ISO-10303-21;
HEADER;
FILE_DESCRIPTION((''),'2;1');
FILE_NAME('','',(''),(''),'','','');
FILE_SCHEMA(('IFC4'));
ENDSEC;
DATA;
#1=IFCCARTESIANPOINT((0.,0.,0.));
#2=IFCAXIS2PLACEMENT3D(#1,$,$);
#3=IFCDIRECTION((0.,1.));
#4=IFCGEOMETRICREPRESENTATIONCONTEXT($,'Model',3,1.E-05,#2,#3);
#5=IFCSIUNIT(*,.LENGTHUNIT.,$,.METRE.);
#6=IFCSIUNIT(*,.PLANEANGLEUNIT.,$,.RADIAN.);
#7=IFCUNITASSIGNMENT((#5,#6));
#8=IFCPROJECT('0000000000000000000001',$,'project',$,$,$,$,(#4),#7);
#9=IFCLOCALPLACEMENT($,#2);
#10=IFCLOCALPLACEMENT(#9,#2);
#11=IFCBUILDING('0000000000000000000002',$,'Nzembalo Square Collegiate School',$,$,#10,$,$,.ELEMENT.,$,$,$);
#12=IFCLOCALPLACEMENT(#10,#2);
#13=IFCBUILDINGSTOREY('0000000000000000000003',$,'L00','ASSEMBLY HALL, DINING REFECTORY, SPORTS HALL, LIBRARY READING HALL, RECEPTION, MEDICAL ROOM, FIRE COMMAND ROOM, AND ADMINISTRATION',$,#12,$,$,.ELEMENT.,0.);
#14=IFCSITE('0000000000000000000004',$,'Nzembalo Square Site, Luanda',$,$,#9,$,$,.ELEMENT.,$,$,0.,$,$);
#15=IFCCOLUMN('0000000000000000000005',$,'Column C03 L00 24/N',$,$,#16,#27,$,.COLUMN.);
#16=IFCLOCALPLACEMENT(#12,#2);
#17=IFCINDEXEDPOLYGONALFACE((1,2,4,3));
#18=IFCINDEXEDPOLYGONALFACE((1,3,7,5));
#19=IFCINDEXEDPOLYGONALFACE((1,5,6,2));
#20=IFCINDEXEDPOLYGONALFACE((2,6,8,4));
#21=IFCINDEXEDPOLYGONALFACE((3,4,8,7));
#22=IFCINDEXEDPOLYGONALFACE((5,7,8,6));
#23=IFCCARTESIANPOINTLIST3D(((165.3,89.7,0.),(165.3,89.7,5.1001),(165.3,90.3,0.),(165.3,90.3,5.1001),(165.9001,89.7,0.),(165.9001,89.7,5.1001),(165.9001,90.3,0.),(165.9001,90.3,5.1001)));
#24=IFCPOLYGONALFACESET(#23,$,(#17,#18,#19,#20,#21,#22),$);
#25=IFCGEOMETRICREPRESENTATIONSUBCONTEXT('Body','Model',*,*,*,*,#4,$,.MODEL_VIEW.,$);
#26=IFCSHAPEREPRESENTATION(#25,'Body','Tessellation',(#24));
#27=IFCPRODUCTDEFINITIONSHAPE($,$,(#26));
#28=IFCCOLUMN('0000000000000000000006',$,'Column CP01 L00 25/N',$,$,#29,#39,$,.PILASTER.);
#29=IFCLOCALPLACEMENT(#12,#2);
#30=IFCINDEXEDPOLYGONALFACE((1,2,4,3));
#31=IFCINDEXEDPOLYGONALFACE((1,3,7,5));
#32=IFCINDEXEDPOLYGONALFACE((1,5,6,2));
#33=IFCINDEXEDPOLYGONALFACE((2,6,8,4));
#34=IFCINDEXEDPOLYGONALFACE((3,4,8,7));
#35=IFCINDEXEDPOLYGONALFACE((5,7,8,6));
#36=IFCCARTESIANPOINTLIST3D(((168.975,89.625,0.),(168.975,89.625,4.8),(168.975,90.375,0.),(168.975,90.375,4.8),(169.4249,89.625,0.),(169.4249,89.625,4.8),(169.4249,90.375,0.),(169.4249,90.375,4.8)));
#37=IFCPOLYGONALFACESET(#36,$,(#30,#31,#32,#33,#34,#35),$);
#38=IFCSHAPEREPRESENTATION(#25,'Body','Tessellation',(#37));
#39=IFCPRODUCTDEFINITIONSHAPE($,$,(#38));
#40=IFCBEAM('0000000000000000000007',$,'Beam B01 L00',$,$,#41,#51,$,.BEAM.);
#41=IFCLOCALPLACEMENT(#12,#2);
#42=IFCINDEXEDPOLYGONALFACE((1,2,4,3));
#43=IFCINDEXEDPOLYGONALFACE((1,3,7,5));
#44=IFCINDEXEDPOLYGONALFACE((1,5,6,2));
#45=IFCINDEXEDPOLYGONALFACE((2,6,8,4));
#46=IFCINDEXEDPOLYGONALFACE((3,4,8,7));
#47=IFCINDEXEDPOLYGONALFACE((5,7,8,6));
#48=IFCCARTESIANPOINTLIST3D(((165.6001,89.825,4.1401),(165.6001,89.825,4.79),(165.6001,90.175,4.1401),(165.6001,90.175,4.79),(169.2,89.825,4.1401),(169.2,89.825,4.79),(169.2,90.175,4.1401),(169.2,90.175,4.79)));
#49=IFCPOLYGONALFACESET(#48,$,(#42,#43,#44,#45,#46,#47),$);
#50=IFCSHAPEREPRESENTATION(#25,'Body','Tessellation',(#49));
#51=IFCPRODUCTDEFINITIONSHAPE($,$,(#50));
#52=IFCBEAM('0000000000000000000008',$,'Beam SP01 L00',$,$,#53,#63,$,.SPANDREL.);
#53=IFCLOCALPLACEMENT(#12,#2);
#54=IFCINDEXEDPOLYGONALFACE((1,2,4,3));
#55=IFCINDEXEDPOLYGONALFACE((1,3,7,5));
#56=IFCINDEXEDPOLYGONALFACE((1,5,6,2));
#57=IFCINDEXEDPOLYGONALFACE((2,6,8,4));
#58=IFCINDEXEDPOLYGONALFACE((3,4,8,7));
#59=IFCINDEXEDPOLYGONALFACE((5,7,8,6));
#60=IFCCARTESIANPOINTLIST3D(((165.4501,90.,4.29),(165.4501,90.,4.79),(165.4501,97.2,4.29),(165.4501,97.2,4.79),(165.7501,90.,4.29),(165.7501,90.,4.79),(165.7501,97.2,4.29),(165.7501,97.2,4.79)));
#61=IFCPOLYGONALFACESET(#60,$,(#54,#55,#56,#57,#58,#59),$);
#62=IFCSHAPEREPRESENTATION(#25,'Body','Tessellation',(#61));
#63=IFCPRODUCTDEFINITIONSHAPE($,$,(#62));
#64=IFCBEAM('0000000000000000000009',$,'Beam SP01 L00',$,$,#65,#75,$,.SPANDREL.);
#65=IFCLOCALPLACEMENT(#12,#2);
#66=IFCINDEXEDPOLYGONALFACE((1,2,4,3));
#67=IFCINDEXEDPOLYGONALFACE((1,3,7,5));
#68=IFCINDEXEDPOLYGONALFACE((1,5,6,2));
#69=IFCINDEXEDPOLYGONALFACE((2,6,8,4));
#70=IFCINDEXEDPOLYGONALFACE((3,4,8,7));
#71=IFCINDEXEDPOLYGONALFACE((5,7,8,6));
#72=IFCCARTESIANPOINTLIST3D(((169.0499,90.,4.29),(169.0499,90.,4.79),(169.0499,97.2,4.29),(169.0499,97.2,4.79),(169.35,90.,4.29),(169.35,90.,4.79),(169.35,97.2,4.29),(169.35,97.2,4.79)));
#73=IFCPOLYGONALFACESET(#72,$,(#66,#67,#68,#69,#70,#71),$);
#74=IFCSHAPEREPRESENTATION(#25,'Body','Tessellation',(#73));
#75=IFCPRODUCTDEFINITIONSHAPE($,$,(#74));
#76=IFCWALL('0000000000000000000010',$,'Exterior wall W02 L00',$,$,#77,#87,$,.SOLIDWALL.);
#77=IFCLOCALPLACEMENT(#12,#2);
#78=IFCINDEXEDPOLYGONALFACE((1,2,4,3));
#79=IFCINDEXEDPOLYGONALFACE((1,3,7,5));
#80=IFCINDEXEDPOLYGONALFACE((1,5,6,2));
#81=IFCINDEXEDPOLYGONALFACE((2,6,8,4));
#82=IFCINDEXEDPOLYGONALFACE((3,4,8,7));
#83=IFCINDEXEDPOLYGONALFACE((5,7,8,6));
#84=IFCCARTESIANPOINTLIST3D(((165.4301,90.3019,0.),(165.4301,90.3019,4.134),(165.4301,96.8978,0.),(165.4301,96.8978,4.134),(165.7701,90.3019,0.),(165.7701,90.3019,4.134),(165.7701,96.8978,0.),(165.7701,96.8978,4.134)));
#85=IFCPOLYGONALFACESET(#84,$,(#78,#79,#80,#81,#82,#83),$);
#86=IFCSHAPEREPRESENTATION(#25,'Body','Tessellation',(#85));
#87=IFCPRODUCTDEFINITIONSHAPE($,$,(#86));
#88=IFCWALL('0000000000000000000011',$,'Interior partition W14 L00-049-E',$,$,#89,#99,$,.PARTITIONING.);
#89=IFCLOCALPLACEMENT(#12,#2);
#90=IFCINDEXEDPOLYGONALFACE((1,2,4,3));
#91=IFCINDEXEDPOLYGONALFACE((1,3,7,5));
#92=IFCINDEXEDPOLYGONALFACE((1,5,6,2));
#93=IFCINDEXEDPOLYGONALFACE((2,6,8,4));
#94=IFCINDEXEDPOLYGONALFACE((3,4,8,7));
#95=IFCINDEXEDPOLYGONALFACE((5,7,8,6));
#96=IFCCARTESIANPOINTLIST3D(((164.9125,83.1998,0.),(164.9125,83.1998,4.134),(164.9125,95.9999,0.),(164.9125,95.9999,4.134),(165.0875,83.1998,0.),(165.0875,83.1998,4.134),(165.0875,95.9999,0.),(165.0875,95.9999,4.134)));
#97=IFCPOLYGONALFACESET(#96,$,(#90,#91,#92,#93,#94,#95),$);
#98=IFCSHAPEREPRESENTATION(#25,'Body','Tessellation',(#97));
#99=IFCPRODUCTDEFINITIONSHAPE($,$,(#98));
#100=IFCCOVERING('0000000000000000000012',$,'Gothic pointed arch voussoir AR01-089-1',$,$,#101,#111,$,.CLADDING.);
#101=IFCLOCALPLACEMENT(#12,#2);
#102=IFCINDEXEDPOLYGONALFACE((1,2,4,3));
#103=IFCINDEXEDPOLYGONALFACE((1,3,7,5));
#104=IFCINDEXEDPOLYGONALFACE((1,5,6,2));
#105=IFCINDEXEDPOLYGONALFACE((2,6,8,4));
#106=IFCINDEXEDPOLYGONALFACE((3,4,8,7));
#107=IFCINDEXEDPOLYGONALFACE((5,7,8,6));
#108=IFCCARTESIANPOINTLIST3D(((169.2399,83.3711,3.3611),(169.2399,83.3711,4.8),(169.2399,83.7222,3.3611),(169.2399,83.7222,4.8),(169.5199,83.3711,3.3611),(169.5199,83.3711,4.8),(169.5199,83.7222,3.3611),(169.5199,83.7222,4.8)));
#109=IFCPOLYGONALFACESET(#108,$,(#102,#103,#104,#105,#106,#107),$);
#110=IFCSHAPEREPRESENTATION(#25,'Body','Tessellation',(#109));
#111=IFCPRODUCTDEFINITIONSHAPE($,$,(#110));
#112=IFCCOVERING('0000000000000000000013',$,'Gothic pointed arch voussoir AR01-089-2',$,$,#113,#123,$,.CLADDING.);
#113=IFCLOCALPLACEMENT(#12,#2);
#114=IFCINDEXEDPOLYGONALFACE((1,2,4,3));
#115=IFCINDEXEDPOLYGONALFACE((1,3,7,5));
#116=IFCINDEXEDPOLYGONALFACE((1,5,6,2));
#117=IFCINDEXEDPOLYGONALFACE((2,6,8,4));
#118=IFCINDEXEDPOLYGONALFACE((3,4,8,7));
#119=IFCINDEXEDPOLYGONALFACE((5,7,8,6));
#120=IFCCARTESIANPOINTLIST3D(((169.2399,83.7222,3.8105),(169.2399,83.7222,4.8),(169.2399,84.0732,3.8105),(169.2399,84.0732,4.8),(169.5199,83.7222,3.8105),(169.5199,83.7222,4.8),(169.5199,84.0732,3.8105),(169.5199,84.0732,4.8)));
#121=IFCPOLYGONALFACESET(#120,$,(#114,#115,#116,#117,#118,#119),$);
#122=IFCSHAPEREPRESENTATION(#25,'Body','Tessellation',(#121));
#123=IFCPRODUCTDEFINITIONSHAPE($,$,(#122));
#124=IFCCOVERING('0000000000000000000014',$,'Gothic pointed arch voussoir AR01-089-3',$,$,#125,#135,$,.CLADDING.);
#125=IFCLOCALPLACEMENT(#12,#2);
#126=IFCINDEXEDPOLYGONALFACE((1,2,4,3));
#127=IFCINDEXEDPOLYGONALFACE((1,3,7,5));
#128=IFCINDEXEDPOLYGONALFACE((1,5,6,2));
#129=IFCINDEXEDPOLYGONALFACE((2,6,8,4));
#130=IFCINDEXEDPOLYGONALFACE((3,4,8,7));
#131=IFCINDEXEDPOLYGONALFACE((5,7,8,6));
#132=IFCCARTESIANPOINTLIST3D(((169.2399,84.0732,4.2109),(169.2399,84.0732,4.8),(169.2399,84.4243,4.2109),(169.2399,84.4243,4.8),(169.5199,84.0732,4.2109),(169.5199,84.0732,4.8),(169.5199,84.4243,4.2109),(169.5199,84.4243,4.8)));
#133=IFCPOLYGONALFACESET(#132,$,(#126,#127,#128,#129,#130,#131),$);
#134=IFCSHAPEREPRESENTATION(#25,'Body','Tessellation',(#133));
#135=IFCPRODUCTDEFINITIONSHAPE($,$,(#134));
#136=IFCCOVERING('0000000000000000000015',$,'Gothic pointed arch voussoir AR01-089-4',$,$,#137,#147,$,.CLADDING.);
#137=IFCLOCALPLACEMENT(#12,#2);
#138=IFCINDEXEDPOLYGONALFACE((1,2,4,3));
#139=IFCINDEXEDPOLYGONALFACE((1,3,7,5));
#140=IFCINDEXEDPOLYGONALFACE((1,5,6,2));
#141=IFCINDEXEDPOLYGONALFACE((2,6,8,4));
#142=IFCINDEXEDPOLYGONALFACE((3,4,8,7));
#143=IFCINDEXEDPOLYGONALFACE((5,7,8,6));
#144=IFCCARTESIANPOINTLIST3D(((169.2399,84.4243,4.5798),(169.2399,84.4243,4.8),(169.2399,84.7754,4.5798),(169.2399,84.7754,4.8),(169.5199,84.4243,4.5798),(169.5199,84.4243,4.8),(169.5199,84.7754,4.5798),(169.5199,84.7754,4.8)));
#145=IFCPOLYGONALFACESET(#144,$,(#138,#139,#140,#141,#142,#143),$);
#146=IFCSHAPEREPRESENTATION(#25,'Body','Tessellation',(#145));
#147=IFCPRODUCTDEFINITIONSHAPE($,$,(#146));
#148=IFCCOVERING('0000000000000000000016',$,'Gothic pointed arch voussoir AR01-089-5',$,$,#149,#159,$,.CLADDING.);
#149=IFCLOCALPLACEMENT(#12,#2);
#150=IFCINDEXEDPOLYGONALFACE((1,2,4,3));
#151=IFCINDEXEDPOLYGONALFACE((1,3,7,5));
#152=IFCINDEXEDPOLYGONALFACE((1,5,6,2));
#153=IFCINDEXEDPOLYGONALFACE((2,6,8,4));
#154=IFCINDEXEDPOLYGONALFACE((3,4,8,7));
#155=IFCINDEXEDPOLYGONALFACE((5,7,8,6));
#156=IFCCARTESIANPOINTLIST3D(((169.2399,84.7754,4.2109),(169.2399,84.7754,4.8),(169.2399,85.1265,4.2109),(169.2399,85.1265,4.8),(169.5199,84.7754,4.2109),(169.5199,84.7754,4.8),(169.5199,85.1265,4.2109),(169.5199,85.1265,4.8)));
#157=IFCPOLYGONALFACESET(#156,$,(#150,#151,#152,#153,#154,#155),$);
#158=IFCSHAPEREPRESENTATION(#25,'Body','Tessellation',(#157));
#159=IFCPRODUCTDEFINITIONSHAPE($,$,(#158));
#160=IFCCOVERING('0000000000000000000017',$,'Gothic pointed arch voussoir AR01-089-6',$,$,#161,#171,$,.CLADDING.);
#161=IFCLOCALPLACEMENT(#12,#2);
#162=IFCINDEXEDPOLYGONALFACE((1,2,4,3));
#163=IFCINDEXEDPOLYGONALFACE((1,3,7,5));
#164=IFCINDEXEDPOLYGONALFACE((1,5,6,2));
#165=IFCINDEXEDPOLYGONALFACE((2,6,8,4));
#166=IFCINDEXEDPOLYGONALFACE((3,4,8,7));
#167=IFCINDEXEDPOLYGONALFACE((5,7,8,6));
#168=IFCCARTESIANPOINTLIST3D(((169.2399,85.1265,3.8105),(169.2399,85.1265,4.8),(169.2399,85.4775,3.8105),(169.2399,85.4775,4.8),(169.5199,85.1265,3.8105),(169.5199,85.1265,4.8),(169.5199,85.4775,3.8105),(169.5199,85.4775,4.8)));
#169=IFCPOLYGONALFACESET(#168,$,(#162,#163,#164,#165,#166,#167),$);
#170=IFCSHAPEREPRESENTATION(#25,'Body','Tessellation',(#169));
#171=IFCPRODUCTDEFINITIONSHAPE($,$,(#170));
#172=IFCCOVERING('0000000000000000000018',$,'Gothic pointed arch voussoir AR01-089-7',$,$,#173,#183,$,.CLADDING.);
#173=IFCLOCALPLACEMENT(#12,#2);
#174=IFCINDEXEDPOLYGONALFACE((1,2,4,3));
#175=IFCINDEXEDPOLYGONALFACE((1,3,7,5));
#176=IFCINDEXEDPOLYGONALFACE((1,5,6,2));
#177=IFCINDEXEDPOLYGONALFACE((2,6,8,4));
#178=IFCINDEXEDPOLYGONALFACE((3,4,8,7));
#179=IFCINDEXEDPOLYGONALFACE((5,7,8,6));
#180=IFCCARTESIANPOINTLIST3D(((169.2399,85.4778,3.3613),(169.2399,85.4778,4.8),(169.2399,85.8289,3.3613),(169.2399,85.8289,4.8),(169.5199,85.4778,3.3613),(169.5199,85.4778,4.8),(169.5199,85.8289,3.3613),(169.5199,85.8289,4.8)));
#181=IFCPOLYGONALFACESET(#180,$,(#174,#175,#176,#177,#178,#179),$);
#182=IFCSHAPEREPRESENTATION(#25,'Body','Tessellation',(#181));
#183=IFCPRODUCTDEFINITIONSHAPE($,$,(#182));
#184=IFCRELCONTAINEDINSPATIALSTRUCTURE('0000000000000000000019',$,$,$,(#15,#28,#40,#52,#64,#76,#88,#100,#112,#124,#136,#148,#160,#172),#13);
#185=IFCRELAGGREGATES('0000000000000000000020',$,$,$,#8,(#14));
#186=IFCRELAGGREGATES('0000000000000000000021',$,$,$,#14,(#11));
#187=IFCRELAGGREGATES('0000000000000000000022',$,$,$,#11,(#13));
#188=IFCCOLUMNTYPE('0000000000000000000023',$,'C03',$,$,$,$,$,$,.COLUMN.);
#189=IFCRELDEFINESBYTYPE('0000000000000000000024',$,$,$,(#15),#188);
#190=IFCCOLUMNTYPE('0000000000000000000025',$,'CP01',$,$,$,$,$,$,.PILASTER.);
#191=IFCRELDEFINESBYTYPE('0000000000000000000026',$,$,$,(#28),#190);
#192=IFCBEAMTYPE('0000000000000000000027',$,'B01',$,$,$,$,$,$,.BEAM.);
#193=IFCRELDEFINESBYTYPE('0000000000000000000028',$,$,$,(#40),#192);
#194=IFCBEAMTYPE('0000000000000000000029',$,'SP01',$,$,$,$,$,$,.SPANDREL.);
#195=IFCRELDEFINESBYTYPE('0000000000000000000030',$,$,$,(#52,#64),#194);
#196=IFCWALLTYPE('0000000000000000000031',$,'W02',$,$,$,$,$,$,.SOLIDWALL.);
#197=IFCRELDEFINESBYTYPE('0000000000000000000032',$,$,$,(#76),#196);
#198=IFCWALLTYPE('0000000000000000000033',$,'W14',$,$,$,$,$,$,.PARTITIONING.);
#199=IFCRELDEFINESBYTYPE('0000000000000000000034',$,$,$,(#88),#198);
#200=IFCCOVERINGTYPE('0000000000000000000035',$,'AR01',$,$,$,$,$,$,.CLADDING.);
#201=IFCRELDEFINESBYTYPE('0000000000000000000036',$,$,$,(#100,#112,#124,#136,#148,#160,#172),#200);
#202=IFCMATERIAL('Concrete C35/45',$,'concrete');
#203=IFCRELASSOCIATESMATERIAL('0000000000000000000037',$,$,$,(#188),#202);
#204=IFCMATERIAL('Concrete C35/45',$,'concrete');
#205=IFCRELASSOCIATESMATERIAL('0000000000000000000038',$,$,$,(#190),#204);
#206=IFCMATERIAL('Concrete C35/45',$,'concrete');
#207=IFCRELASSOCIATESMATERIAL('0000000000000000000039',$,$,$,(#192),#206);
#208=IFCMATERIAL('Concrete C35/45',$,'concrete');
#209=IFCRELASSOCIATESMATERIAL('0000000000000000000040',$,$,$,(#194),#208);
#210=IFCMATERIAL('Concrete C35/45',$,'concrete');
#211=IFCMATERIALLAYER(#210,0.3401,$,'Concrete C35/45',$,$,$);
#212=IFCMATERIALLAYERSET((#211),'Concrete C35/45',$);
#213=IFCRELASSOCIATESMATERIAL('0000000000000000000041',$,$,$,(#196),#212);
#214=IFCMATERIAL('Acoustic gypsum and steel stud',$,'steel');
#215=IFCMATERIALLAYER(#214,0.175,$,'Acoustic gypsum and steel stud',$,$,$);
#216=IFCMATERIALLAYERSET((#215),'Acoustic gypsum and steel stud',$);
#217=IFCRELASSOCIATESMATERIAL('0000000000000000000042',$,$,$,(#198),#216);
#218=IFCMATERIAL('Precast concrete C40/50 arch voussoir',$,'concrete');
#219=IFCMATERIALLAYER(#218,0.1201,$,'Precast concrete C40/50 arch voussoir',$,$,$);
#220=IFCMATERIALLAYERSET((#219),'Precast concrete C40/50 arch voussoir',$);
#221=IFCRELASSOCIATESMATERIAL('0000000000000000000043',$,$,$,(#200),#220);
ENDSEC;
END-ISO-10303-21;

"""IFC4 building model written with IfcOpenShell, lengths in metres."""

from ifc_helpers import new_model, si_unit, direction, frame, frame_2d, origin, origin_2d, place, context, subcontext, project, spatial, rectangle, extrude, material, layer, layer_set, material_profile, profile_set, type_object, element, save


model = new_model("IFC4")

# Units and contexts
model_context = context("Model", 3, precision=1e-05, world=origin(), true_north=direction((0.0, 1.0)))
body_context = subcontext(model_context, "Body", "Model", "MODEL_VIEW")
ifc_project = project(units=[si_unit("LENGTHUNIT", "METRE"), si_unit("PLANEANGLEUNIT", "RADIAN")], contexts=[model_context])

# Site, building, storey
site_placement = place(None, origin())
site = spatial("IfcSite", under=ifc_project, at=site_placement, Name="Nzembalo Square Site, Luanda", CompositionType="ELEMENT", RefElevation=0.0)
building_placement = place(site_placement, origin())
building = spatial("IfcBuilding", under=site, at=building_placement, Name="Nzembalo Square Collegiate School", CompositionType="ELEMENT")
storey_placement = place(building_placement, origin())
storey = spatial("IfcBuildingStorey", under=building, at=storey_placement, Name="L00", Description="ASSEMBLY HALL, DINING REFECTORY, SPORTS HALL, LIBRARY READING HALL, RECEPTION, MEDICAL ROOM, FIRE COMMAND ROOM, AND ADMINISTRATION", CompositionType="ELEMENT", Elevation=0.0)

# Columns
ifc_material_1 = material(Name="Concrete C35/45", Category="concrete")
ifc_material_profile_1 = material_profile(ifc_material_1, rectangle(XDim=0.6001, YDim=0.6001, at=origin_2d()), Name="RC 600x600")
ifc_profile_set_1 = profile_set([ifc_material_profile_1], Name="Concrete C35/45")
column_type_1 = type_object("IfcColumnType", Name="C03", PredefinedType="COLUMN", material=ifc_profile_set_1)
column_1_placement = place(storey_placement, frame((165.6001, 90.0, 0.0), z_axis=(0.0, 0.0, 1.0), x_axis=(1.0, 0.0, 0.0)))
element("IfcColumn", 1, at=column_1_placement, inside=storey, type_object=column_type_1, Name="Column C03 L00 24/N", PredefinedType="COLUMN", context=body_context, shape_type="SweptSolid", body=[
    extrude(rectangle(XDim=0.6001, YDim=0.6001, at=origin_2d()), origin(), (0.0, 0.0, 1.0), 5.1001),
])
ifc_material_2 = material(Name="Concrete C35/45", Category="concrete")
ifc_material_profile_2 = material_profile(ifc_material_2, rectangle(XDim=0.45, YDim=0.75, at=origin_2d()), Name="RC 450x750")
ifc_profile_set_2 = profile_set([ifc_material_profile_2], Name="Concrete C35/45")
column_type_2 = type_object("IfcColumnType", Name="CP01", PredefinedType="PILASTER", material=ifc_profile_set_2)
column_2_placement = place(storey_placement, frame((169.2, 90.0, 0.0), z_axis=(0.0, 0.0, 1.0), x_axis=(1.0, 0.0, 0.0)))
element("IfcColumn", 2, at=column_2_placement, inside=storey, type_object=column_type_2, Name="Column CP01 L00 25/N", PredefinedType="PILASTER", context=body_context, shape_type="SweptSolid", body=[
    extrude(rectangle(XDim=0.45, YDim=0.75, at=origin_2d()), origin(), (0.0, 0.0, 1.0), 4.8),
])

# Beams
ifc_material_3 = material(Name="Concrete C35/45", Category="concrete")
ifc_material_profile_3 = material_profile(ifc_material_3, rectangle(XDim=0.3501, YDim=0.6499, at=origin_2d()), Name="RC 350x650")
ifc_profile_set_3 = profile_set([ifc_material_profile_3], Name="Concrete C35/45")
beam_type_1 = type_object("IfcBeamType", Name="B01", PredefinedType="BEAM", material=ifc_profile_set_3)
beam_placement = place(storey_placement, frame((165.6001, 90.0, 4.4651), z_axis=(1.0, 0.0, 0.0), x_axis=(0.0, 1.0, 0.0)))
element("IfcBeam", 3, at=beam_placement, inside=storey, type_object=beam_type_1, Name="Beam B01 L00", PredefinedType="BEAM", context=body_context, shape_type="SweptSolid", body=[
    extrude(rectangle(XDim=0.3501, YDim=0.6499, at=origin_2d()), origin(), (0.0, 0.0, 1.0), 3.5999),
])
ifc_material_4 = material(Name="Concrete C35/45", Category="concrete")
ifc_material_profile_4 = material_profile(ifc_material_4, rectangle(XDim=0.3, YDim=0.5, at=origin_2d()), Name="RC 300x500")
ifc_profile_set_4 = profile_set([ifc_material_profile_4], Name="Concrete C35/45")
beam_type_2 = type_object("IfcBeamType", Name="SP01", PredefinedType="SPANDREL", material=ifc_profile_set_4)
for number, where, z_axis, x_axis, name in (
    (4, (165.6001, 90.0, 4.54), (0.0, 1.0, 0.0), (-1.0, 0.0, 0.0), "Beam SP01 L00"),
    (5, (169.2, 90.0, 4.54), (0.0, 1.0, 0.0), (-1.0, 0.0, 0.0), "Beam SP01 L00"),
):
    element("IfcBeam", number, at=place(storey_placement, frame(where, z_axis=z_axis, x_axis=x_axis)), inside=storey, type_object=beam_type_2, Name=name, PredefinedType="SPANDREL", context=body_context, shape_type="SweptSolid", body=[
        extrude(rectangle(XDim=0.3, YDim=0.5, at=origin_2d()), origin(), (0.0, 0.0, 1.0), 7.2),
    ])

# Walls
ifc_material_5 = material(Name="Concrete C35/45", Category="concrete")
ifc_layer_1 = layer(ifc_material_5, 0.3401, Name="Concrete C35/45")
ifc_layer_set_1 = layer_set([ifc_layer_1], Name="Concrete C35/45")
wall_type_1 = type_object("IfcWallType", Name="W02", PredefinedType="SOLIDWALL", material=ifc_layer_set_1)
wall_1_placement = place(storey_placement, frame((165.6001, 90.302, 0.0), z_axis=(0.0, 0.0, 1.0), x_axis=(0.0, 1.0, 0.0)))
element("IfcWall", 6, at=wall_1_placement, inside=storey, type_object=wall_type_1, Name="Exterior wall W02 L00", PredefinedType="SOLIDWALL", context=body_context, shape_type="SweptSolid", body=[
    extrude(rectangle(XDim=6.5959, YDim=0.3401, at=frame_2d((3.2979, 0.0))), origin(), (0.0, 0.0, 1.0), 4.134),
])
ifc_material_6 = material(Name="Acoustic gypsum and steel stud", Category="steel")
ifc_layer_2 = layer(ifc_material_6, 0.175, Name="Acoustic gypsum and steel stud")
ifc_layer_set_2 = layer_set([ifc_layer_2], Name="Acoustic gypsum and steel stud")
wall_type_2 = type_object("IfcWallType", Name="W14", PredefinedType="PARTITIONING", material=ifc_layer_set_2)
wall_2_placement = place(storey_placement, frame((165.0, 83.2, 0.0), z_axis=(0.0, 0.0, 1.0), x_axis=(0.0, 1.0, 0.0)))
element("IfcWall", 7, at=wall_2_placement, inside=storey, type_object=wall_type_2, Name="Interior partition W14 L00-049-E", PredefinedType="PARTITIONING", context=body_context, shape_type="SweptSolid", body=[
    extrude(rectangle(XDim=12.8, YDim=0.175, at=frame_2d((6.3999, 0.0))), origin(), (0.0, 0.0, 1.0), 4.134),
])

# Coverings
ifc_material_7 = material(Name="Precast concrete C40/50 arch voussoir", Category="concrete")
ifc_layer_3 = layer(ifc_material_7, 0.1201, Name="Precast concrete C40/50 arch voussoir")
ifc_layer_set_3 = layer_set([ifc_layer_3], Name="Precast concrete C40/50 arch voussoir")
covering_type = type_object("IfcCoveringType", Name="AR01", PredefinedType="CLADDING", material=ifc_layer_set_3)
covering_1_placement = place(storey_placement, frame((169.3799, 83.5466, 3.3611), z_axis=(0.0, 0.0, 1.0), x_axis=(1.0, 0.0, 0.0)))
element("IfcCovering", 8, at=covering_1_placement, inside=storey, type_object=covering_type, Name="Gothic pointed arch voussoir AR01-089-1", PredefinedType="CLADDING", context=body_context, shape_type="SweptSolid", body=[
    extrude(rectangle(XDim=0.28, YDim=0.3511, at=origin_2d()), origin(), (0.0, 0.0, 1.0), 1.439),
])
covering_2_placement = place(storey_placement, frame((169.3799, 83.8977, 3.8105), z_axis=(0.0, 0.0, 1.0), x_axis=(1.0, 0.0, 0.0)))
element("IfcCovering", 9, at=covering_2_placement, inside=storey, type_object=covering_type, Name="Gothic pointed arch voussoir AR01-089-2", PredefinedType="CLADDING", context=body_context, shape_type="SweptSolid", body=[
    extrude(rectangle(XDim=0.28, YDim=0.3511, at=origin_2d()), origin(), (0.0, 0.0, 1.0), 0.9895),
])
covering_3_placement = place(storey_placement, frame((169.3799, 84.2488, 4.2109), z_axis=(0.0, 0.0, 1.0), x_axis=(1.0, 0.0, 0.0)))
element("IfcCovering", 10, at=covering_3_placement, inside=storey, type_object=covering_type, Name="Gothic pointed arch voussoir AR01-089-3", PredefinedType="CLADDING", context=body_context, shape_type="SweptSolid", body=[
    extrude(rectangle(XDim=0.28, YDim=0.3511, at=origin_2d()), origin(), (0.0, 0.0, 1.0), 0.5891),
])
covering_4_placement = place(storey_placement, frame((169.3799, 84.5999, 4.5798), z_axis=(0.0, 0.0, 1.0), x_axis=(1.0, 0.0, 0.0)))
element("IfcCovering", 11, at=covering_4_placement, inside=storey, type_object=covering_type, Name="Gothic pointed arch voussoir AR01-089-4", PredefinedType="CLADDING", context=body_context, shape_type="SweptSolid", body=[
    extrude(rectangle(XDim=0.28, YDim=0.3511, at=origin_2d()), origin(), (0.0, 0.0, 1.0), 0.2202),
])
covering_5_placement = place(storey_placement, frame((169.3799, 84.9509, 4.2109), z_axis=(0.0, 0.0, 1.0), x_axis=(1.0, 0.0, 0.0)))
element("IfcCovering", 12, at=covering_5_placement, inside=storey, type_object=covering_type, Name="Gothic pointed arch voussoir AR01-089-5", PredefinedType="CLADDING", context=body_context, shape_type="SweptSolid", body=[
    extrude(rectangle(XDim=0.28, YDim=0.3511, at=origin_2d()), origin(), (0.0, 0.0, 1.0), 0.5891),
])
covering_6_placement = place(storey_placement, frame((169.3799, 85.302, 3.8105), z_axis=(0.0, 0.0, 1.0), x_axis=(1.0, 0.0, 0.0)))
element("IfcCovering", 13, at=covering_6_placement, inside=storey, type_object=covering_type, Name="Gothic pointed arch voussoir AR01-089-6", PredefinedType="CLADDING", context=body_context, shape_type="SweptSolid", body=[
    extrude(rectangle(XDim=0.28, YDim=0.3511, at=origin_2d()), origin(), (0.0, 0.0, 1.0), 0.9895),
])
covering_7_placement = place(storey_placement, frame((169.3799, 85.6533, 3.3613), z_axis=(0.0, 0.0, 1.0), x_axis=(1.0, 0.0, 0.0)))
element("IfcCovering", 14, at=covering_7_placement, inside=storey, type_object=covering_type, Name="Gothic pointed arch voussoir AR01-089-7", PredefinedType="CLADDING", context=body_context, shape_type="SweptSolid", body=[
    extrude(rectangle(XDim=0.28, YDim=0.3511, at=origin_2d()), origin(), (0.0, 0.0, 1.0), 1.4387),
])

save(model, "model.ifc")
